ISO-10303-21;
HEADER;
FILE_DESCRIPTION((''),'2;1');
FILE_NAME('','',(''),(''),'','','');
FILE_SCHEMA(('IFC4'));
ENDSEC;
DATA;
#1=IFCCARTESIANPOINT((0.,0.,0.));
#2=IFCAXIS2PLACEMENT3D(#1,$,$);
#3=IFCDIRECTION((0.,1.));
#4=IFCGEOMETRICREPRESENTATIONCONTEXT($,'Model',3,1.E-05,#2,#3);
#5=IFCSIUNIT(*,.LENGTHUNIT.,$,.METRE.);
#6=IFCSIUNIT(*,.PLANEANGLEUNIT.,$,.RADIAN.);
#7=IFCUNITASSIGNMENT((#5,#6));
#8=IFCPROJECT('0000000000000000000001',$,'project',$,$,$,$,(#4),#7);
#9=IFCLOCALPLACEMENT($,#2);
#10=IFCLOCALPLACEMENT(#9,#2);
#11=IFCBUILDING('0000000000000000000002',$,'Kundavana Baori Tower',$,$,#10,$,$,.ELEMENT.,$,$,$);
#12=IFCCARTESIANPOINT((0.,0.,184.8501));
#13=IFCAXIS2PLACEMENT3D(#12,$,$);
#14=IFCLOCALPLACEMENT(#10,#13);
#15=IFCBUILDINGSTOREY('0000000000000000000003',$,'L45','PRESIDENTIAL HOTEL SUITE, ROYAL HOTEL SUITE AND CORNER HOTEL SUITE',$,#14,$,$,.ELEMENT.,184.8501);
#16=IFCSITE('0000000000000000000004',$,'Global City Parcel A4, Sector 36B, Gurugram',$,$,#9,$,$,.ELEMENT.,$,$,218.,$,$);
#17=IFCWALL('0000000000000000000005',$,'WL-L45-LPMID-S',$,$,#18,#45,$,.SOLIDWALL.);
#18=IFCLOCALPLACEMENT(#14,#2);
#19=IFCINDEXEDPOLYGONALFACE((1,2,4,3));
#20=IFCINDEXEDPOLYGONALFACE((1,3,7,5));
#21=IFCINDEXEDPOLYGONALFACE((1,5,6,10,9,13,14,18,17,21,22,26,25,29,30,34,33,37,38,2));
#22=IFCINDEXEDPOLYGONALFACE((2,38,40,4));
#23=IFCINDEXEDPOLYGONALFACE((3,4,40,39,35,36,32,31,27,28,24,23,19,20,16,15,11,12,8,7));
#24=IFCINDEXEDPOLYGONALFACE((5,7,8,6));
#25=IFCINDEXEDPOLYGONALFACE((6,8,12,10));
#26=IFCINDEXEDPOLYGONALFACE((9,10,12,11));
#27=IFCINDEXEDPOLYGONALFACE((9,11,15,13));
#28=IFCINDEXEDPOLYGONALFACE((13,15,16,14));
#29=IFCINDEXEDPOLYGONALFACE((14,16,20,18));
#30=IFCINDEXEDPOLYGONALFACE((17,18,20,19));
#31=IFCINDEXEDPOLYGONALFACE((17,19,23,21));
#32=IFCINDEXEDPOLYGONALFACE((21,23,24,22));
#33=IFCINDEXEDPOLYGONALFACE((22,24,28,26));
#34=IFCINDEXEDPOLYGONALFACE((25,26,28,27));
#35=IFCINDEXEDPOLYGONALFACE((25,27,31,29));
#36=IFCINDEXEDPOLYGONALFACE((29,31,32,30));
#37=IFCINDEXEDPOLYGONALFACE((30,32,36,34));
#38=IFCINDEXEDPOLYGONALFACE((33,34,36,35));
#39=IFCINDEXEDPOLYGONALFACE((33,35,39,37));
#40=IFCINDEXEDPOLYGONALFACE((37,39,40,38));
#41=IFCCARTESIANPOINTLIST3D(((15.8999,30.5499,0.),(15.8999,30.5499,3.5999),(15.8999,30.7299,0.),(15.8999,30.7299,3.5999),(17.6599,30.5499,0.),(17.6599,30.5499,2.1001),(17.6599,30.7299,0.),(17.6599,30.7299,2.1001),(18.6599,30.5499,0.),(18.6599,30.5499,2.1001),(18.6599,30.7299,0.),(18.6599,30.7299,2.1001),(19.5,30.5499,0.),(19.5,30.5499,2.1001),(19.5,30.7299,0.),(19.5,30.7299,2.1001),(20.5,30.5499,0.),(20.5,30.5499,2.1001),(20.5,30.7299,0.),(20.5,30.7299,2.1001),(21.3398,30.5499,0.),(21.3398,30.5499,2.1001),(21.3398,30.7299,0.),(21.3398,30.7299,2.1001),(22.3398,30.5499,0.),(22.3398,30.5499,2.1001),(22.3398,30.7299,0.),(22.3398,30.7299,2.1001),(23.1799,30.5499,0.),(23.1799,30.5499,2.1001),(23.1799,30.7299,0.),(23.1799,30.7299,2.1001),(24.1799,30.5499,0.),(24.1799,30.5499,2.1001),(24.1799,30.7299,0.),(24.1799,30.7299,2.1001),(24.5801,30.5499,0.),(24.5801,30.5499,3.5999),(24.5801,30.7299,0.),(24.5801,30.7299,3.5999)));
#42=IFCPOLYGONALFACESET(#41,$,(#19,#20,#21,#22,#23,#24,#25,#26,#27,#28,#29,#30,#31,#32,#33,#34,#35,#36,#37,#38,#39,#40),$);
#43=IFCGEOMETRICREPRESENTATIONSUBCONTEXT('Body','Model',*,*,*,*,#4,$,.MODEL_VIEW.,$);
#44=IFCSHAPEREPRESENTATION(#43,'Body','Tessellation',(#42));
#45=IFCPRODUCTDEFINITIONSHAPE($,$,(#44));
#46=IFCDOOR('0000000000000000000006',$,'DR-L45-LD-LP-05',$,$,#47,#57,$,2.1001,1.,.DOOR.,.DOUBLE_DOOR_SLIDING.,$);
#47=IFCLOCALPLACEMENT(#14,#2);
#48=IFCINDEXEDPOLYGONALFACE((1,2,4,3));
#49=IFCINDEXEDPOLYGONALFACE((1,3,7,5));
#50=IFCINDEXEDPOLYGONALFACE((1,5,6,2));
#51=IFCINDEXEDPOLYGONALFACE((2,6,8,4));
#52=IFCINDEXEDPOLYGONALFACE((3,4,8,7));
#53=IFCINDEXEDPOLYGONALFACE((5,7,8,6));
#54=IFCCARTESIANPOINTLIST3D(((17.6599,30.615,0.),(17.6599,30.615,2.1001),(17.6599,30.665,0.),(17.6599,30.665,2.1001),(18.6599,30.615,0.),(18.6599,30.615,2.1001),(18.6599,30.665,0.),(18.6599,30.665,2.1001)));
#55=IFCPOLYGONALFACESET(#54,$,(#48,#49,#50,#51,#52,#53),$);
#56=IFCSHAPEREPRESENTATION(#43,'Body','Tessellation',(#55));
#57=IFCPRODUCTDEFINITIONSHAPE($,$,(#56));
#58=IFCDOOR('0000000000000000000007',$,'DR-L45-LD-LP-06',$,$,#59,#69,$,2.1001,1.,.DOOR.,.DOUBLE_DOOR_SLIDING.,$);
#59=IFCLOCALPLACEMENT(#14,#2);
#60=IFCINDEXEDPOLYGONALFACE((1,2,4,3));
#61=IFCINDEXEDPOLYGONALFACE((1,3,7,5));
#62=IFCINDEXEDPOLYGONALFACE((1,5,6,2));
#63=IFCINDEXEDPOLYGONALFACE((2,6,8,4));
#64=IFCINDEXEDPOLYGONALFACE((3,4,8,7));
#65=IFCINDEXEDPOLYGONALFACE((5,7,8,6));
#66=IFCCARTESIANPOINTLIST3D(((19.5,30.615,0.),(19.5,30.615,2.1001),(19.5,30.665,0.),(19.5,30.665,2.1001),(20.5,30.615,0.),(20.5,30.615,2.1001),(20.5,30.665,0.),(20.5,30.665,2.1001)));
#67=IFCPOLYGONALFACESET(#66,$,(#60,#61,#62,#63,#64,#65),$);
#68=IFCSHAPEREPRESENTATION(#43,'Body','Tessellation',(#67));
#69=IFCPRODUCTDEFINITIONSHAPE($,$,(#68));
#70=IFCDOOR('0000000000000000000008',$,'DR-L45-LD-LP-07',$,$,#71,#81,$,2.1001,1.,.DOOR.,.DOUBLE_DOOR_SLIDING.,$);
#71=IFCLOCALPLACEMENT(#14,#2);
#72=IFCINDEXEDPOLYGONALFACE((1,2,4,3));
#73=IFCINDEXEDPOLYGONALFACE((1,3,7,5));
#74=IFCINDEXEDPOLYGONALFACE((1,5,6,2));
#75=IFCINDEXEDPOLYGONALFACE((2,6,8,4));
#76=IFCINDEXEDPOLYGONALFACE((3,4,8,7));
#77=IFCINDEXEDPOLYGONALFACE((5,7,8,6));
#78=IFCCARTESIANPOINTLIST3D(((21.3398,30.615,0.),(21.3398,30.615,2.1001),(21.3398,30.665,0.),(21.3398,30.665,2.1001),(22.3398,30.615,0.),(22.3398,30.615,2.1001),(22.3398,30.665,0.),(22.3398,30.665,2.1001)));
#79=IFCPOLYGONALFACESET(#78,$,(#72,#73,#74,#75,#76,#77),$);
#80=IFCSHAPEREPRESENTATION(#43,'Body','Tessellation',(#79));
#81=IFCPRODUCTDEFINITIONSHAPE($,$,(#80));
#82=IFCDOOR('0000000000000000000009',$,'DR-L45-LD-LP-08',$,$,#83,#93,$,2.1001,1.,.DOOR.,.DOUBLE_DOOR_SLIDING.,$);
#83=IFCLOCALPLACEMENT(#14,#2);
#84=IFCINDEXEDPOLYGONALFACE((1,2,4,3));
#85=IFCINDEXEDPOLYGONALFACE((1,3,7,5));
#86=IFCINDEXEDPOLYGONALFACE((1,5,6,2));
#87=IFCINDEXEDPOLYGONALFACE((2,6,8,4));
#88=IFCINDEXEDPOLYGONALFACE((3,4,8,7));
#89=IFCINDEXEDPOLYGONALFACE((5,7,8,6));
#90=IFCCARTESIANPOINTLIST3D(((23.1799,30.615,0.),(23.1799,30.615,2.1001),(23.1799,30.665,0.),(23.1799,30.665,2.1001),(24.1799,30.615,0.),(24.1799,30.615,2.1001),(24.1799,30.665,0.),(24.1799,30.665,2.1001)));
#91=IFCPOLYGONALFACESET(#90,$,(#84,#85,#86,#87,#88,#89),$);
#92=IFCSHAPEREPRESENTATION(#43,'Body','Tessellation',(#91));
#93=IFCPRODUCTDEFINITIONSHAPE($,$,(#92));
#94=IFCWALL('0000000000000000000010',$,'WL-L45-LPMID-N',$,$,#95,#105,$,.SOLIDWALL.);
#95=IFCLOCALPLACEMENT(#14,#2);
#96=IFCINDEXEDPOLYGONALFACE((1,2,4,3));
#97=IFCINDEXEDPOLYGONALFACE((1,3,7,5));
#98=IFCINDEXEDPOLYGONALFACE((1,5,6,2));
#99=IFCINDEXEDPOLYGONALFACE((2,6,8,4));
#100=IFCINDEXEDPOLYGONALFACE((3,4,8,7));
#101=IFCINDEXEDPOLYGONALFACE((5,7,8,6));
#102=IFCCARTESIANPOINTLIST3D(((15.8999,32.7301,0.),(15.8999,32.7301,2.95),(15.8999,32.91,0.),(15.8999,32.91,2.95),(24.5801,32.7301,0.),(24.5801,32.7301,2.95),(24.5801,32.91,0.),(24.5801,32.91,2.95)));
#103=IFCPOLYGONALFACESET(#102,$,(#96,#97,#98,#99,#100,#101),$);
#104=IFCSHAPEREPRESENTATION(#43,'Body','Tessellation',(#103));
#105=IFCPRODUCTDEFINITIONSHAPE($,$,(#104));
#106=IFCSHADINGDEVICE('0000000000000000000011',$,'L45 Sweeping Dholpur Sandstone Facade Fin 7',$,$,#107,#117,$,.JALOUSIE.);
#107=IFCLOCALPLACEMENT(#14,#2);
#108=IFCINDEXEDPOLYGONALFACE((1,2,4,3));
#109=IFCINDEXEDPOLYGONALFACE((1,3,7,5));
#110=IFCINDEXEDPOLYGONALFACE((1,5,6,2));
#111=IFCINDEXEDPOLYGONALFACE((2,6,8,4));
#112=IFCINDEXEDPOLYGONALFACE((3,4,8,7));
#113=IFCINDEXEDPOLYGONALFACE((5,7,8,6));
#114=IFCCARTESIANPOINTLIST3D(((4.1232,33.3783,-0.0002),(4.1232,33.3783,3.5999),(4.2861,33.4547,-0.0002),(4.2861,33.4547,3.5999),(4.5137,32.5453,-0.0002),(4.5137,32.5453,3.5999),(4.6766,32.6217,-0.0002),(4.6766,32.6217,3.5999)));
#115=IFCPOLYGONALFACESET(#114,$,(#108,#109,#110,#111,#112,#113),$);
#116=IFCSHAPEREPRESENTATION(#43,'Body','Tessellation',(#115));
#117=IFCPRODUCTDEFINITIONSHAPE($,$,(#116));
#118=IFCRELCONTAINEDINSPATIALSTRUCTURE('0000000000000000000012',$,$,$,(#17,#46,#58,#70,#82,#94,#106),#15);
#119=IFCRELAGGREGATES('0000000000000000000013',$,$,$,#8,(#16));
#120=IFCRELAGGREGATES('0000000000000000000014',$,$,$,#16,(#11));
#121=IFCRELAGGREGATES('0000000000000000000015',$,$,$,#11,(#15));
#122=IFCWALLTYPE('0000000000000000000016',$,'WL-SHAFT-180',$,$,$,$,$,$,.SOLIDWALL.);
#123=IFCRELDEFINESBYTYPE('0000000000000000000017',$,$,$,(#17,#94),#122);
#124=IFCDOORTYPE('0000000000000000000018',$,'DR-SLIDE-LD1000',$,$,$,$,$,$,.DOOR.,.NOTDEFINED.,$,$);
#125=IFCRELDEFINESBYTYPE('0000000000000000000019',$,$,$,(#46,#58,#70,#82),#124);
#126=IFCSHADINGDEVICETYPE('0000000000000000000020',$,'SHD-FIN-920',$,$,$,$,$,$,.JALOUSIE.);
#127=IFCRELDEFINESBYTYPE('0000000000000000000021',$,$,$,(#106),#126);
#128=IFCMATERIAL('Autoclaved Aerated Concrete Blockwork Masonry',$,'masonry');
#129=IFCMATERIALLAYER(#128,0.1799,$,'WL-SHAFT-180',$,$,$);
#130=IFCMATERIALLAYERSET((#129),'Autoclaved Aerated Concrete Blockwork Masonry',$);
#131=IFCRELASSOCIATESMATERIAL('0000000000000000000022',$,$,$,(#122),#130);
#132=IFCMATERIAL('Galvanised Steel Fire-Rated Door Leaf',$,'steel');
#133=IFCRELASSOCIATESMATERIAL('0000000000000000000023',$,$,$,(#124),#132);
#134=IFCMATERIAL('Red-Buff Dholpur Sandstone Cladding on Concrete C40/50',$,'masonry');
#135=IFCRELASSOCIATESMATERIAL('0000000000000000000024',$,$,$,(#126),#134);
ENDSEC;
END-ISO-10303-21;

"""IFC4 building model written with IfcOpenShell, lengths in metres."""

from ifc_helpers import new_model, si_unit, direction, frame, frame_2d, origin, origin_2d, place, context, subcontext, project, spatial, rectangle, extrude, material, layer, layer_set, type_object, element, fill, save


model = new_model("IFC4")

# Units and contexts
model_context = context("Model", 3, precision=1e-05, world=origin(), true_north=direction((0.0, 1.0)))
body_context = subcontext(model_context, "Body", "Model", "MODEL_VIEW")
ifc_project = project(units=[si_unit("LENGTHUNIT", "METRE"), si_unit("PLANEANGLEUNIT", "RADIAN")], contexts=[model_context])

# Site, building, storey
site_placement = place(None, origin())
site = spatial("IfcSite", under=ifc_project, at=site_placement, Name="Global City Parcel A4, Sector 36B, Gurugram", CompositionType="ELEMENT", RefElevation=218.0)
building_placement = place(site_placement, origin())
building = spatial("IfcBuilding", under=site, at=building_placement, Name="Kundavana Baori Tower", CompositionType="ELEMENT")
storey_placement = place(building_placement, frame((0.0, 0.0, 184.8501)))
storey = spatial("IfcBuildingStorey", under=building, at=storey_placement, Name="L45", Description="PRESIDENTIAL HOTEL SUITE, ROYAL HOTEL SUITE AND CORNER HOTEL SUITE", CompositionType="ELEMENT", Elevation=184.8501)

# Shared definitions
ifc_material_1 = material(Name="Autoclaved Aerated Concrete Blockwork Masonry", Category="masonry")
ifc_layer_1 = layer(ifc_material_1, 0.1799, Name="WL-SHAFT-180")
ifc_layer_set_1 = layer_set([ifc_layer_1], Name="Autoclaved Aerated Concrete Blockwork Masonry")
wall_type_1 = type_object("IfcWallType", Name="WL-SHAFT-180", PredefinedType="SOLIDWALL", material=ifc_layer_set_1)

# Wall, openings, doors
wall_1_placement = place(storey_placement, frame((15.8999, 30.6399, 0.0), z_axis=(0.0, 0.0, 1.0), x_axis=(1.0, 0.0, 0.0)))
wall_1 = element("IfcWall", 1, at=wall_1_placement, inside=storey, type_object=wall_type_1, Name="WL-L45-LPMID-S", PredefinedType="SOLIDWALL", context=body_context, shape_type="SweptSolid", body=[
    extrude(rectangle(XDim=8.6802, YDim=0.1799, at=frame_2d((4.3401, 0.0))), origin(), (0.0, 0.0, 1.0), 3.5999),
])
opening_1_placement = place(wall_1_placement, frame((1.76, 0.0, 0.0)))
opening_1 = element("IfcOpeningElement", 2, at=opening_1_placement, cuts=wall_1, PredefinedType="OPENING", context=body_context, shape_type="SweptSolid", body=[
    extrude(rectangle(XDim=1.0, YDim=2.1001, at=frame_2d((0.5, 1.05))), frame((0.0, 0.1001, 0.0), z_axis=(0.0, -1.0, 0.0), x_axis=(1.0, 0.0, 0.0)), (0.0, 0.0, 1.0), 0.2),
])
opening_2_placement = place(wall_1_placement, frame((3.6001, 0.0, 0.0)))
opening_2 = element("IfcOpeningElement", 3, at=opening_2_placement, cuts=wall_1, PredefinedType="OPENING", context=body_context, shape_type="SweptSolid", body=[
    extrude(rectangle(XDim=1.0, YDim=2.1001, at=frame_2d((0.5, 1.05))), frame((0.0, 0.1001, 0.0), z_axis=(0.0, -1.0, 0.0), x_axis=(1.0, 0.0, 0.0)), (0.0, 0.0, 1.0), 0.2),
])
opening_3_placement = place(wall_1_placement, frame((5.4399, 0.0, 0.0)))
opening_3 = element("IfcOpeningElement", 4, at=opening_3_placement, cuts=wall_1, PredefinedType="OPENING", context=body_context, shape_type="SweptSolid", body=[
    extrude(rectangle(XDim=1.0, YDim=2.1001, at=frame_2d((0.5, 1.05))), frame((0.0, 0.1001, 0.0), z_axis=(0.0, -1.0, 0.0), x_axis=(1.0, 0.0, 0.0)), (0.0, 0.0, 1.0), 0.2),
])
opening_4_placement = place(wall_1_placement, frame((7.28, 0.0, 0.0)))
opening_4 = element("IfcOpeningElement", 5, at=opening_4_placement, cuts=wall_1, PredefinedType="OPENING", context=body_context, shape_type="SweptSolid", body=[
    extrude(rectangle(XDim=1.0, YDim=2.1001, at=frame_2d((0.5, 1.05))), frame((0.0, 0.1001, 0.0), z_axis=(0.0, -1.0, 0.0), x_axis=(1.0, 0.0, 0.0)), (0.0, 0.0, 1.0), 0.2),
])
ifc_material_2 = material(Name="Galvanised Steel Fire-Rated Door Leaf", Category="steel")
door_type_1 = type_object("IfcDoorType", Name="DR-SLIDE-LD1000", OperationType="NOTDEFINED", PredefinedType="DOOR", material=ifc_material_2)
door_1_placement = place(opening_1_placement, frame((1.0, 0.0, 0.0), z_axis=(0.0, 0.0, 1.0), x_axis=(-1.0, 0.0, 0.0)))
door_1 = element("IfcDoor", 6, at=door_1_placement, inside=storey, type_object=door_type_1, Name="DR-L45-LD-LP-05", OperationType="DOUBLE_DOOR_SLIDING", OverallHeight=2.1001, OverallWidth=1.0, PredefinedType="DOOR", context=body_context, shape_type="SweptSolid", body=[
    extrude(rectangle(XDim=1.0, YDim=2.1001, at=frame_2d((0.5, 1.05))), frame((0.0, 0.0249, 0.0), z_axis=(0.0, -1.0, 0.0), x_axis=(1.0, 0.0, 0.0)), (0.0, 0.0, 1.0), 0.05),
])
fill(opening_1, door_1)
door_2_placement = place(opening_2_placement, frame((1.0, 0.0, 0.0), z_axis=(0.0, 0.0, 1.0), x_axis=(-1.0, 0.0, 0.0)))
door_2 = element("IfcDoor", 7, at=door_2_placement, inside=storey, type_object=door_type_1, Name="DR-L45-LD-LP-06", OperationType="DOUBLE_DOOR_SLIDING", OverallHeight=2.1001, OverallWidth=1.0, PredefinedType="DOOR", context=body_context, shape_type="SweptSolid", body=[
    extrude(rectangle(XDim=1.0, YDim=2.1001, at=frame_2d((0.5, 1.05))), frame((0.0, 0.0249, 0.0), z_axis=(0.0, -1.0, 0.0), x_axis=(1.0, 0.0, 0.0)), (0.0, 0.0, 1.0), 0.05),
])
fill(opening_2, door_2)
door_3_placement = place(opening_3_placement, frame((1.0, 0.0, 0.0), z_axis=(0.0, 0.0, 1.0), x_axis=(-1.0, 0.0, 0.0)))
door_3 = element("IfcDoor", 8, at=door_3_placement, inside=storey, type_object=door_type_1, Name="DR-L45-LD-LP-07", OperationType="DOUBLE_DOOR_SLIDING", OverallHeight=2.1001, OverallWidth=1.0, PredefinedType="DOOR", context=body_context, shape_type="SweptSolid", body=[
    extrude(rectangle(XDim=1.0, YDim=2.1001, at=frame_2d((0.5, 1.05))), frame((0.0, 0.0249, 0.0), z_axis=(0.0, -1.0, 0.0), x_axis=(1.0, 0.0, 0.0)), (0.0, 0.0, 1.0), 0.05),
])
fill(opening_3, door_3)
door_4_placement = place(opening_4_placement, frame((1.0, 0.0, 0.0), z_axis=(0.0, 0.0, 1.0), x_axis=(-1.0, 0.0, 0.0)))
door_4 = element("IfcDoor", 9, at=door_4_placement, inside=storey, type_object=door_type_1, Name="DR-L45-LD-LP-08", OperationType="DOUBLE_DOOR_SLIDING", OverallHeight=2.1001, OverallWidth=1.0, PredefinedType="DOOR", context=body_context, shape_type="SweptSolid", body=[
    extrude(rectangle(XDim=1.0, YDim=2.1001, at=frame_2d((0.5, 1.05))), frame((0.0, 0.0249, 0.0), z_axis=(0.0, -1.0, 0.0), x_axis=(1.0, 0.0, 0.0)), (0.0, 0.0, 1.0), 0.05),
])
fill(opening_4, door_4)

# Wall
wall_2_placement = place(storey_placement, frame((15.8999, 32.8201, 0.0), z_axis=(0.0, 0.0, 1.0), x_axis=(1.0, 0.0, 0.0)))
element("IfcWall", 10, at=wall_2_placement, inside=storey, type_object=wall_type_1, Name="WL-L45-LPMID-N", PredefinedType="SOLIDWALL", context=body_context, shape_type="SweptSolid", body=[
    extrude(rectangle(XDim=8.6802, YDim=0.1799, at=frame_2d((4.3401, 0.0))), origin(), (0.0, 0.0, 1.0), 2.95),
])

# Shading device
ifc_material_3 = material(Name="Red-Buff Dholpur Sandstone Cladding on Concrete C40/50", Category="masonry")
shading_device_type = type_object("IfcShadingDeviceType", Name="SHD-FIN-920", PredefinedType="JALOUSIE", material=ifc_material_3)
shading_device_placement = place(storey_placement, frame((4.3999, 33.0, -0.0002), z_axis=(0.0, 0.0, 1.0), x_axis=(0.905421, 0.424516, 0.0)))
element("IfcShadingDevice", 11, at=shading_device_placement, inside=storey, type_object=shading_device_type, Name="L45 Sweeping Dholpur Sandstone Facade Fin 7", PredefinedType="JALOUSIE", context=body_context, shape_type="SweptSolid", body=[
    extrude(rectangle(XDim=0.1799, YDim=0.9199, at=origin_2d()), origin(), (0.0, 0.0, 1.0), 3.6001),
])

save(model, "model.ifc")
